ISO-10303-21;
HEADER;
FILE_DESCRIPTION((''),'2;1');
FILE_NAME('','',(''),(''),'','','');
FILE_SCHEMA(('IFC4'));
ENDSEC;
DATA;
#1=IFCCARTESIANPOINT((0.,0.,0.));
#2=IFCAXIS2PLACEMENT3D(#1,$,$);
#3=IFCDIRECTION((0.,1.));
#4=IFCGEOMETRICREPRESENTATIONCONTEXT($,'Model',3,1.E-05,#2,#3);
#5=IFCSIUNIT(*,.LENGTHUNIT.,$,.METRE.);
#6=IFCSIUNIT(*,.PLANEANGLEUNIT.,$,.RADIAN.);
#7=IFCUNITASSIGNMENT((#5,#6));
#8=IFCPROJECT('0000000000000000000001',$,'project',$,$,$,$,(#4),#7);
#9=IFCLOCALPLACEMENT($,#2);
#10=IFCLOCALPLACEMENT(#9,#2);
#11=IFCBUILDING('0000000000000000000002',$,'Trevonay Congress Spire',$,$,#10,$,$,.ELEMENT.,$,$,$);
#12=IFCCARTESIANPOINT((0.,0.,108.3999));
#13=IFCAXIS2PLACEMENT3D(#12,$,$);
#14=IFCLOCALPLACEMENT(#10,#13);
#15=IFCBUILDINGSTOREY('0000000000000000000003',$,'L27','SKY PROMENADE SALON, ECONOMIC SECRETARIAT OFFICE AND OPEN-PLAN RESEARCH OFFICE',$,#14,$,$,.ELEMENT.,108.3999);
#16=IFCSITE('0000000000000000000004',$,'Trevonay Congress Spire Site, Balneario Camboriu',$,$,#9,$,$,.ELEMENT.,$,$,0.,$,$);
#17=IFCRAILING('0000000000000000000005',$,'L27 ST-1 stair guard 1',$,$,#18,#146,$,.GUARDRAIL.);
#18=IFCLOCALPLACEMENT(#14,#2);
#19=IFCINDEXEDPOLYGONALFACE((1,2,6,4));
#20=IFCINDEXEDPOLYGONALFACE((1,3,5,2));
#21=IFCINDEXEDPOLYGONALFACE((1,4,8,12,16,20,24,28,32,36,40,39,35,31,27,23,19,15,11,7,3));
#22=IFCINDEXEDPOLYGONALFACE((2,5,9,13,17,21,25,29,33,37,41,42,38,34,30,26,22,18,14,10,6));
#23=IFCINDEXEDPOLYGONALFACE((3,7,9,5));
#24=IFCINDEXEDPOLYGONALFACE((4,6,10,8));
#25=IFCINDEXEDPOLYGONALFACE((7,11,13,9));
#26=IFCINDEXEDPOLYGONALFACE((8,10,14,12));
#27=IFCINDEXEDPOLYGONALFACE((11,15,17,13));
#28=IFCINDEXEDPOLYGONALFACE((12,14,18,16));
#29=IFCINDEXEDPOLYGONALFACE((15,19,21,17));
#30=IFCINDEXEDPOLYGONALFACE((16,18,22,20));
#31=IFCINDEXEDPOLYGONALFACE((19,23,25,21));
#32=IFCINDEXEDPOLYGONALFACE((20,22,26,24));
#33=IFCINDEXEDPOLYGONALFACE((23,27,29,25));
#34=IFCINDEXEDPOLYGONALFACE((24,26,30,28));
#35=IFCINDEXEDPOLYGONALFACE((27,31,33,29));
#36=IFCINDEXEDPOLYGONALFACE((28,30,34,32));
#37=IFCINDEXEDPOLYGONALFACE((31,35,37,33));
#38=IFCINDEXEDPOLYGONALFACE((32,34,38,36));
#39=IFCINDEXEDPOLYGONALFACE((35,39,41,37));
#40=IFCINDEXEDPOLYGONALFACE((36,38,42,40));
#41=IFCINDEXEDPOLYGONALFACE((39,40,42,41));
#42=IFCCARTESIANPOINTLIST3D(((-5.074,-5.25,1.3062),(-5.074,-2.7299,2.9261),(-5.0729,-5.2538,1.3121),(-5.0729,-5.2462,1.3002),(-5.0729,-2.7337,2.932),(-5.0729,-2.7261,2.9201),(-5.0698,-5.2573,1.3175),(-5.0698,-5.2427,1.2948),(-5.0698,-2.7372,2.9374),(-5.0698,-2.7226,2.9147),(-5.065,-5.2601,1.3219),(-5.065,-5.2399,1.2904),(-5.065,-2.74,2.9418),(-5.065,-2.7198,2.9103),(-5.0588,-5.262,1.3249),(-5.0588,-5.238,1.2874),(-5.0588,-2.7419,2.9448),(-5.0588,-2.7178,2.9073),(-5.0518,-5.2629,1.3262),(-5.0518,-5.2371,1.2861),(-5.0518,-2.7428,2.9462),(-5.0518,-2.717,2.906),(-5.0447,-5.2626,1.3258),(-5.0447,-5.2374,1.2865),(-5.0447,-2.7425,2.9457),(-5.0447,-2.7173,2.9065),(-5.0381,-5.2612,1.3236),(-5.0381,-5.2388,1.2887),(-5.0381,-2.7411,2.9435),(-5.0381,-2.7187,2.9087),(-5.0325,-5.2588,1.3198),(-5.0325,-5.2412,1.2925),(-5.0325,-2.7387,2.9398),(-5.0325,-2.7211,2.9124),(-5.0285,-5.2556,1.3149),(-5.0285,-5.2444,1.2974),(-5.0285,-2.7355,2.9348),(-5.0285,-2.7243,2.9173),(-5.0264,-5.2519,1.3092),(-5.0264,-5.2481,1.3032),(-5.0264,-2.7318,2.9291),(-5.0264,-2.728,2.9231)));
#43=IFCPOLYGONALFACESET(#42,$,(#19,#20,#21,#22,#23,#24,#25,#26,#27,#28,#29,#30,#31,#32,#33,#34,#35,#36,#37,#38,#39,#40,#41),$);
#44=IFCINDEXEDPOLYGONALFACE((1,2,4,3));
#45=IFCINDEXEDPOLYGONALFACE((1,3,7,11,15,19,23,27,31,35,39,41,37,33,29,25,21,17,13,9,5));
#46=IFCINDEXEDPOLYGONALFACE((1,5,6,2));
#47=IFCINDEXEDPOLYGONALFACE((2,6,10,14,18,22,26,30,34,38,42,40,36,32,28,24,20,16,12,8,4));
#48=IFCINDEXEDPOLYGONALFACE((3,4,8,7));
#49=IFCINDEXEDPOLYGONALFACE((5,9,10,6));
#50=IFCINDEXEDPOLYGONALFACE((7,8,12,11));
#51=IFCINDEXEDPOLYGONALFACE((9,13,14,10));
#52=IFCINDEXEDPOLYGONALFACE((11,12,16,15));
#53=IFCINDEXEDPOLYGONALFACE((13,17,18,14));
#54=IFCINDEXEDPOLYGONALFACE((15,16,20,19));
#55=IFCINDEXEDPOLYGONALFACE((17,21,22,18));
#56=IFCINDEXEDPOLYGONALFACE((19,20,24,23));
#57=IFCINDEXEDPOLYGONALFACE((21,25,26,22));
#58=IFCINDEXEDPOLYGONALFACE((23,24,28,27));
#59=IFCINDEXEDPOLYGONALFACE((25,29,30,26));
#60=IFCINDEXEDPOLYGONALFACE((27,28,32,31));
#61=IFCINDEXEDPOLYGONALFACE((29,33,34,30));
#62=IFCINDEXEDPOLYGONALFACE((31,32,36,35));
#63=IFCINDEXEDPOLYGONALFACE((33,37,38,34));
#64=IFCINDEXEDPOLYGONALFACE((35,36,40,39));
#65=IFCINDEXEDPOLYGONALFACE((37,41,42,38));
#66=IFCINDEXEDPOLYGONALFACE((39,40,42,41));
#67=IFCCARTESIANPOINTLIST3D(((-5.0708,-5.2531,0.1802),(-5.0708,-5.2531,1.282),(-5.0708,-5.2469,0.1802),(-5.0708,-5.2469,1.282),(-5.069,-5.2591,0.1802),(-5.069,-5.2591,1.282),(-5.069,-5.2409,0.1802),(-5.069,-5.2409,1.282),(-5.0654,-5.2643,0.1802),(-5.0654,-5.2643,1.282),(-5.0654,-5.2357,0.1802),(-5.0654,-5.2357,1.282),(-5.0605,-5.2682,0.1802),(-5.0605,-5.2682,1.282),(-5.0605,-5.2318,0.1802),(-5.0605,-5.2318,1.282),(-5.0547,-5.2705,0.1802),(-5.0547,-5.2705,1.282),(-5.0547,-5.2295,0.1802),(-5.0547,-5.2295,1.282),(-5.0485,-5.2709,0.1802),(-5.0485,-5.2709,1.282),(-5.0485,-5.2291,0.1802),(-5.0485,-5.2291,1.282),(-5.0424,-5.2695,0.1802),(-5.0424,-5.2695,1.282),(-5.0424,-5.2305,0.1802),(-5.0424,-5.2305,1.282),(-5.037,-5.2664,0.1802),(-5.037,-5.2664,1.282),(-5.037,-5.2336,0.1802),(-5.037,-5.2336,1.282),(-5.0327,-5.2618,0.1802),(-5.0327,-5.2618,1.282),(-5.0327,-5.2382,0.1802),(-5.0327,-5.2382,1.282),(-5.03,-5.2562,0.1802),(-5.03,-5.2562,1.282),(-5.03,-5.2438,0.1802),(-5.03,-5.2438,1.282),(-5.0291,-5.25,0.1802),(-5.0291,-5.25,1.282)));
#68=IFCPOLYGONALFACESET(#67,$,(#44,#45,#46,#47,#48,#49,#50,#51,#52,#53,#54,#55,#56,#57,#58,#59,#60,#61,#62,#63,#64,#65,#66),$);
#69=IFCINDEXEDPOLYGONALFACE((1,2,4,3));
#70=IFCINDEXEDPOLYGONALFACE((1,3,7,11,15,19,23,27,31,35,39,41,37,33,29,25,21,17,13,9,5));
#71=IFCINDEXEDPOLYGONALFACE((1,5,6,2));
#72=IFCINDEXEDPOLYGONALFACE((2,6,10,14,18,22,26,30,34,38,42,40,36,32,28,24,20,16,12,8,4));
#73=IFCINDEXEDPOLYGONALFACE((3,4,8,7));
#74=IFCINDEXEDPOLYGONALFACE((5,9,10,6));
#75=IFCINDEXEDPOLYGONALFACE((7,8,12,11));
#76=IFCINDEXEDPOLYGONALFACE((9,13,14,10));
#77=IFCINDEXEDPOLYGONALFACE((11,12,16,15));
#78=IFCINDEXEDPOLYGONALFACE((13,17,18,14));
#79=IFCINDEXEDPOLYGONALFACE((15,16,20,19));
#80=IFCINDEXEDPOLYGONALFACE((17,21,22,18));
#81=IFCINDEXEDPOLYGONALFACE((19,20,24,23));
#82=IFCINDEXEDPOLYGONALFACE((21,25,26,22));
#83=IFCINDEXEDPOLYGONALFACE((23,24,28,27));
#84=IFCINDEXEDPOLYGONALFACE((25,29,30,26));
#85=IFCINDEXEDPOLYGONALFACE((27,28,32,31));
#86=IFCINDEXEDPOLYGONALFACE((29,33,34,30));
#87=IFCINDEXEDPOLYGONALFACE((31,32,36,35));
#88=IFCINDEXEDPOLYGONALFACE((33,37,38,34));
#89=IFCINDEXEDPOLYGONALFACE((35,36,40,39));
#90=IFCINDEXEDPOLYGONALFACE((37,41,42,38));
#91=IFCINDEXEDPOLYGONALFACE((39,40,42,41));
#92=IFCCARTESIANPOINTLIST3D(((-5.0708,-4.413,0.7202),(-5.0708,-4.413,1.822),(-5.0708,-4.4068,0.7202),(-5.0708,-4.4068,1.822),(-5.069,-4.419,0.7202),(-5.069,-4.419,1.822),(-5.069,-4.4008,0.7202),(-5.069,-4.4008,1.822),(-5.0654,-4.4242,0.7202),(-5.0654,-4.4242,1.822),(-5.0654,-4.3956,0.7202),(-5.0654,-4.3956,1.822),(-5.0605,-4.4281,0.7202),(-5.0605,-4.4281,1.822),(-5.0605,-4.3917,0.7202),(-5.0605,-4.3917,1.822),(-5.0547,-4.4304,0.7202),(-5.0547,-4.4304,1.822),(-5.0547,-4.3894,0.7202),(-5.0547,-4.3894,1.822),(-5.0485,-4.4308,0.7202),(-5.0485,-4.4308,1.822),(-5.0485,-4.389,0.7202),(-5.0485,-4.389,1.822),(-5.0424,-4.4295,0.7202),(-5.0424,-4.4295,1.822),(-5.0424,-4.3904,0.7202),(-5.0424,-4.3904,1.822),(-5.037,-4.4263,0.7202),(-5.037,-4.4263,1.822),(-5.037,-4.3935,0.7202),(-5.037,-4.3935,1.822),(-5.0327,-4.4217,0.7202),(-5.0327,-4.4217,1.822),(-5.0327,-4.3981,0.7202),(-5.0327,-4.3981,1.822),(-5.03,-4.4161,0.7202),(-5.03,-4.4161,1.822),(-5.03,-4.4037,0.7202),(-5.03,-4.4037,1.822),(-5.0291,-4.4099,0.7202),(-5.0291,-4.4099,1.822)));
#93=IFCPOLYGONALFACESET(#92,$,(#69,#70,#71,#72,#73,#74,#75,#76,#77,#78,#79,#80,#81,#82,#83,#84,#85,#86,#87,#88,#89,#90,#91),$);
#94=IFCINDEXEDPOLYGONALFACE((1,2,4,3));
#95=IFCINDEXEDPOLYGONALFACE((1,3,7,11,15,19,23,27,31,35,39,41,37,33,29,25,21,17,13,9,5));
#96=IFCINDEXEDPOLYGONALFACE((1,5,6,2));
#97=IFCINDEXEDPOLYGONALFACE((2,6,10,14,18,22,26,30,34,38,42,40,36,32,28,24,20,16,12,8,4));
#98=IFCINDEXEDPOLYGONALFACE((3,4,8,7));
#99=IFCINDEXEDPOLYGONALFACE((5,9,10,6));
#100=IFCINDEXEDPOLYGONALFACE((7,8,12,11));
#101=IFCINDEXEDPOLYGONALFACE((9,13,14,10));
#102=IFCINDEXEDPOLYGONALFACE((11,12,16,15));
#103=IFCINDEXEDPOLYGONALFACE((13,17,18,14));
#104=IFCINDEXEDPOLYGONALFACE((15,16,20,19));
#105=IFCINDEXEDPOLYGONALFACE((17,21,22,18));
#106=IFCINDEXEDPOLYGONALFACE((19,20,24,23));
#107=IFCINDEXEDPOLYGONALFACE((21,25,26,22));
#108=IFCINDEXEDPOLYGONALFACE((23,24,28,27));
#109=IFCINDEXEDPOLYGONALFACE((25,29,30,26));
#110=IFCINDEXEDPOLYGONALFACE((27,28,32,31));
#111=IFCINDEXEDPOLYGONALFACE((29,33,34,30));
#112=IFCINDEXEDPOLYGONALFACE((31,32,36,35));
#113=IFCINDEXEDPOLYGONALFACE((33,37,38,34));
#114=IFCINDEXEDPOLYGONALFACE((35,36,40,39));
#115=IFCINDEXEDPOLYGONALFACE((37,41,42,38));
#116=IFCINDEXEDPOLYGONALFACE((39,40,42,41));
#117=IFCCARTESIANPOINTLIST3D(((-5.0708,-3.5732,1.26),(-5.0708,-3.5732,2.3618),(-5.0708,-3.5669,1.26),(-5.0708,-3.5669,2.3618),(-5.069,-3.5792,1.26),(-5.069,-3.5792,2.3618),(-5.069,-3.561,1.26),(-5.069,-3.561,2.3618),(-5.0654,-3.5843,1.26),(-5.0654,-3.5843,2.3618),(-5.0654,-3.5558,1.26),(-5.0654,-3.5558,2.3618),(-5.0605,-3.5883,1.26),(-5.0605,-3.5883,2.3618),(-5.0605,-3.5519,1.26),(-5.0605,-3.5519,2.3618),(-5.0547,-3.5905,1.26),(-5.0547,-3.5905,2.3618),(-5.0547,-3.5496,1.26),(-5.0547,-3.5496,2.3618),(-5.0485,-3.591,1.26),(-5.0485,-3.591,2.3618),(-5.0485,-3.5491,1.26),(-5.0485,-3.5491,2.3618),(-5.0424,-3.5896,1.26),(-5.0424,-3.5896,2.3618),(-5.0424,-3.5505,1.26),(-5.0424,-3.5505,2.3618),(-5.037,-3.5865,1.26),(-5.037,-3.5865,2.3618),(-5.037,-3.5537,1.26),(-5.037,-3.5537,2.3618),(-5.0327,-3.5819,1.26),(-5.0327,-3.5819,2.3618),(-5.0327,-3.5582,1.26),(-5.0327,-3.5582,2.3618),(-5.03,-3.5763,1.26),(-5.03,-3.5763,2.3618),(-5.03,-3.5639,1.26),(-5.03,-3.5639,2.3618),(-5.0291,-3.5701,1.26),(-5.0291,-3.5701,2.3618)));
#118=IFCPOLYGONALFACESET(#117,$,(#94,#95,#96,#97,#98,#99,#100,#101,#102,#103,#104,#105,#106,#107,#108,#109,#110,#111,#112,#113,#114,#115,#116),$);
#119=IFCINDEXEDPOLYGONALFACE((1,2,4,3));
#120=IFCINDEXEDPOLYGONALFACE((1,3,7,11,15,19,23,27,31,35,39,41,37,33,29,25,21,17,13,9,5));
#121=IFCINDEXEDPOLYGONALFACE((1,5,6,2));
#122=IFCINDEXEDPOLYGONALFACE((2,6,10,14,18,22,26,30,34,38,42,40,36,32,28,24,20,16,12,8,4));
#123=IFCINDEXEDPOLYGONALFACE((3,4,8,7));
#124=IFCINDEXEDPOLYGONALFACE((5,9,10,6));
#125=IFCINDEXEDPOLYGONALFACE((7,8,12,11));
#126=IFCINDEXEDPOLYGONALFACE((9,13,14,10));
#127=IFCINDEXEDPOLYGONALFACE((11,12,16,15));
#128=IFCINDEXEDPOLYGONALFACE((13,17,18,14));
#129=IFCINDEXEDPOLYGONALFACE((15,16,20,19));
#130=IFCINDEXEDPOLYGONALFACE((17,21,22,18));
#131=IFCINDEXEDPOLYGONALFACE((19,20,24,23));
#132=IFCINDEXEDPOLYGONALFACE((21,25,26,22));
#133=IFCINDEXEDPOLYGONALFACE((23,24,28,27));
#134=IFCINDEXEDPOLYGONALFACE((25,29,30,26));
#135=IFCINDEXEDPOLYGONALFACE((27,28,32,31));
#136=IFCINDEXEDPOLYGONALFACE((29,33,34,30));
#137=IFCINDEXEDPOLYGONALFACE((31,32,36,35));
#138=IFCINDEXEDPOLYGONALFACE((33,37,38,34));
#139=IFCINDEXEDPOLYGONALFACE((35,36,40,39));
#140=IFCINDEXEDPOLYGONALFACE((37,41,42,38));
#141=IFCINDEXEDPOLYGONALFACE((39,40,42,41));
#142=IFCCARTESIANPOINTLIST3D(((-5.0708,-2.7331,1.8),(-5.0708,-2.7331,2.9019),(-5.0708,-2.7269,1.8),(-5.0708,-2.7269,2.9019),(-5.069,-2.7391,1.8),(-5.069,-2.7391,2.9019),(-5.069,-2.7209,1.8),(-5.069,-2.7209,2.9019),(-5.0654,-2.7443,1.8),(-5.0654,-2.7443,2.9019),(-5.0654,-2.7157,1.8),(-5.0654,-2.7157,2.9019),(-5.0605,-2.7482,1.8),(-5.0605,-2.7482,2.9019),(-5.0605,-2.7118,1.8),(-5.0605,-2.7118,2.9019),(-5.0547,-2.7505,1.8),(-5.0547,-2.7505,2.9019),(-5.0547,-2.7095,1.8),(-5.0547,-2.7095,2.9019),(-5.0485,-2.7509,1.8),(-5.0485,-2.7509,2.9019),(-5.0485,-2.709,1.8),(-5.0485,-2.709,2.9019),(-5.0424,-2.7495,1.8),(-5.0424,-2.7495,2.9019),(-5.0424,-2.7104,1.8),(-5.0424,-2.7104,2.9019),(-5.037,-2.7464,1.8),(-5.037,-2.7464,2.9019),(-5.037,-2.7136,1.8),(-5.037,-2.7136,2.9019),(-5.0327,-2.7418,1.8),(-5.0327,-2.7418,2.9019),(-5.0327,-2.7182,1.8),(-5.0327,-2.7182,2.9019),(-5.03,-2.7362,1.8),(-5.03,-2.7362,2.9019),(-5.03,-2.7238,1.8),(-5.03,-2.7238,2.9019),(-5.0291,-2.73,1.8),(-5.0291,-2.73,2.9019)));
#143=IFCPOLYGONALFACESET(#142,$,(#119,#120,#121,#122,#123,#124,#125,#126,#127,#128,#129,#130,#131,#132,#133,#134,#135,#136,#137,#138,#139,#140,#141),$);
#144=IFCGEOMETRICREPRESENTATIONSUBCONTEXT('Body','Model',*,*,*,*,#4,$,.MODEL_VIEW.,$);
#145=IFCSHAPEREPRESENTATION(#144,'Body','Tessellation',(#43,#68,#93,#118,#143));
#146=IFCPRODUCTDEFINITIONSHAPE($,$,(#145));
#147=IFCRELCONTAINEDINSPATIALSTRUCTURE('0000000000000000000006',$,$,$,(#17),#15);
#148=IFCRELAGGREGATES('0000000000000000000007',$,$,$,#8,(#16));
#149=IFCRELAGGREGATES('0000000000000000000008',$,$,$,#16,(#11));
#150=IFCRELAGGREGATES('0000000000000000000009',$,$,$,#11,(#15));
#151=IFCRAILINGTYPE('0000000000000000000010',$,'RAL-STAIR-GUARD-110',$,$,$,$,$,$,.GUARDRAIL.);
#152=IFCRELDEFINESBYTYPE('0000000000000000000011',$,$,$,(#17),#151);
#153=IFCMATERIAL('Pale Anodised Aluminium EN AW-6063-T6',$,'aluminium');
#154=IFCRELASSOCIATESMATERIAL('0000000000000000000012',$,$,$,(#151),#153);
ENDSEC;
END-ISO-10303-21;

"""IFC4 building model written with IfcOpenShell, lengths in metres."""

from ifc_helpers import new_model, si_unit, direction, frame, origin, origin_2d, place, context, subcontext, project, spatial, circle, extrude, material, type_object, element, save


model = new_model("IFC4")

# Units and contexts
model_context = context("Model", 3, precision=1e-05, world=origin(), true_north=direction((0.0, 1.0)))
body_context = subcontext(model_context, "Body", "Model", "MODEL_VIEW")
ifc_project = project(units=[si_unit("LENGTHUNIT", "METRE"), si_unit("PLANEANGLEUNIT", "RADIAN")], contexts=[model_context])

# Site, building, storey
site_placement = place(None, origin())
site = spatial("IfcSite", under=ifc_project, at=site_placement, Name="Trevonay Congress Spire Site, Balneario Camboriu", CompositionType="ELEMENT", RefElevation=0.0)
building_placement = place(site_placement, origin())
building = spatial("IfcBuilding", under=site, at=building_placement, Name="Trevonay Congress Spire", CompositionType="ELEMENT")
storey_placement = place(building_placement, frame((0.0, 0.0, 108.3999)))
storey = spatial("IfcBuildingStorey", under=building, at=storey_placement, Name="L27", Description="SKY PROMENADE SALON, ECONOMIC SECRETARIAT OFFICE AND OPEN-PLAN RESEARCH OFFICE", CompositionType="ELEMENT", Elevation=108.3999)

# Shared definitions
ifc_material_1 = material(Name="Pale Anodised Aluminium EN AW-6063-T6", Category="aluminium")

# Railing
railing_type_1 = type_object("IfcRailingType", Name="RAL-STAIR-GUARD-110", PredefinedType="GUARDRAIL", material=ifc_material_1)
railing_1_placement = place(storey_placement, frame((-5.05, -5.25, 0.1802)))
element("IfcRailing", 1, at=railing_1_placement, inside=storey, type_object=railing_type_1, Name="L27 ST-1 stair guard 1", PredefinedType="GUARDRAIL", context=body_context, shape_type="SweptSolid", body=[
    extrude(circle(Radius=0.0239, at=origin_2d()), frame((0.0, 0.0, 1.126), z_axis=(0.0, 0.8412, 0.540725), x_axis=(-1.0, 0.0, 0.0)), (0.0, 0.0, 1.0), 2.9958),
    extrude(circle(Radius=0.021, at=origin_2d()), origin(), (0.0, 0.0, 1.0), 1.1018),
    extrude(circle(Radius=0.021, at=origin_2d()), frame((0.0, 0.8401, 0.54)), (0.0, 0.0, 1.0), 1.1018),
    extrude(circle(Radius=0.021, at=origin_2d()), frame((0.0, 1.6799, 1.0798)), (0.0, 0.0, 1.0), 1.1018),
    extrude(circle(Radius=0.021, at=origin_2d()), frame((0.0, 2.52, 1.6199)), (0.0, 0.0, 1.0), 1.1018),
])

save(model, "model.ifc")
